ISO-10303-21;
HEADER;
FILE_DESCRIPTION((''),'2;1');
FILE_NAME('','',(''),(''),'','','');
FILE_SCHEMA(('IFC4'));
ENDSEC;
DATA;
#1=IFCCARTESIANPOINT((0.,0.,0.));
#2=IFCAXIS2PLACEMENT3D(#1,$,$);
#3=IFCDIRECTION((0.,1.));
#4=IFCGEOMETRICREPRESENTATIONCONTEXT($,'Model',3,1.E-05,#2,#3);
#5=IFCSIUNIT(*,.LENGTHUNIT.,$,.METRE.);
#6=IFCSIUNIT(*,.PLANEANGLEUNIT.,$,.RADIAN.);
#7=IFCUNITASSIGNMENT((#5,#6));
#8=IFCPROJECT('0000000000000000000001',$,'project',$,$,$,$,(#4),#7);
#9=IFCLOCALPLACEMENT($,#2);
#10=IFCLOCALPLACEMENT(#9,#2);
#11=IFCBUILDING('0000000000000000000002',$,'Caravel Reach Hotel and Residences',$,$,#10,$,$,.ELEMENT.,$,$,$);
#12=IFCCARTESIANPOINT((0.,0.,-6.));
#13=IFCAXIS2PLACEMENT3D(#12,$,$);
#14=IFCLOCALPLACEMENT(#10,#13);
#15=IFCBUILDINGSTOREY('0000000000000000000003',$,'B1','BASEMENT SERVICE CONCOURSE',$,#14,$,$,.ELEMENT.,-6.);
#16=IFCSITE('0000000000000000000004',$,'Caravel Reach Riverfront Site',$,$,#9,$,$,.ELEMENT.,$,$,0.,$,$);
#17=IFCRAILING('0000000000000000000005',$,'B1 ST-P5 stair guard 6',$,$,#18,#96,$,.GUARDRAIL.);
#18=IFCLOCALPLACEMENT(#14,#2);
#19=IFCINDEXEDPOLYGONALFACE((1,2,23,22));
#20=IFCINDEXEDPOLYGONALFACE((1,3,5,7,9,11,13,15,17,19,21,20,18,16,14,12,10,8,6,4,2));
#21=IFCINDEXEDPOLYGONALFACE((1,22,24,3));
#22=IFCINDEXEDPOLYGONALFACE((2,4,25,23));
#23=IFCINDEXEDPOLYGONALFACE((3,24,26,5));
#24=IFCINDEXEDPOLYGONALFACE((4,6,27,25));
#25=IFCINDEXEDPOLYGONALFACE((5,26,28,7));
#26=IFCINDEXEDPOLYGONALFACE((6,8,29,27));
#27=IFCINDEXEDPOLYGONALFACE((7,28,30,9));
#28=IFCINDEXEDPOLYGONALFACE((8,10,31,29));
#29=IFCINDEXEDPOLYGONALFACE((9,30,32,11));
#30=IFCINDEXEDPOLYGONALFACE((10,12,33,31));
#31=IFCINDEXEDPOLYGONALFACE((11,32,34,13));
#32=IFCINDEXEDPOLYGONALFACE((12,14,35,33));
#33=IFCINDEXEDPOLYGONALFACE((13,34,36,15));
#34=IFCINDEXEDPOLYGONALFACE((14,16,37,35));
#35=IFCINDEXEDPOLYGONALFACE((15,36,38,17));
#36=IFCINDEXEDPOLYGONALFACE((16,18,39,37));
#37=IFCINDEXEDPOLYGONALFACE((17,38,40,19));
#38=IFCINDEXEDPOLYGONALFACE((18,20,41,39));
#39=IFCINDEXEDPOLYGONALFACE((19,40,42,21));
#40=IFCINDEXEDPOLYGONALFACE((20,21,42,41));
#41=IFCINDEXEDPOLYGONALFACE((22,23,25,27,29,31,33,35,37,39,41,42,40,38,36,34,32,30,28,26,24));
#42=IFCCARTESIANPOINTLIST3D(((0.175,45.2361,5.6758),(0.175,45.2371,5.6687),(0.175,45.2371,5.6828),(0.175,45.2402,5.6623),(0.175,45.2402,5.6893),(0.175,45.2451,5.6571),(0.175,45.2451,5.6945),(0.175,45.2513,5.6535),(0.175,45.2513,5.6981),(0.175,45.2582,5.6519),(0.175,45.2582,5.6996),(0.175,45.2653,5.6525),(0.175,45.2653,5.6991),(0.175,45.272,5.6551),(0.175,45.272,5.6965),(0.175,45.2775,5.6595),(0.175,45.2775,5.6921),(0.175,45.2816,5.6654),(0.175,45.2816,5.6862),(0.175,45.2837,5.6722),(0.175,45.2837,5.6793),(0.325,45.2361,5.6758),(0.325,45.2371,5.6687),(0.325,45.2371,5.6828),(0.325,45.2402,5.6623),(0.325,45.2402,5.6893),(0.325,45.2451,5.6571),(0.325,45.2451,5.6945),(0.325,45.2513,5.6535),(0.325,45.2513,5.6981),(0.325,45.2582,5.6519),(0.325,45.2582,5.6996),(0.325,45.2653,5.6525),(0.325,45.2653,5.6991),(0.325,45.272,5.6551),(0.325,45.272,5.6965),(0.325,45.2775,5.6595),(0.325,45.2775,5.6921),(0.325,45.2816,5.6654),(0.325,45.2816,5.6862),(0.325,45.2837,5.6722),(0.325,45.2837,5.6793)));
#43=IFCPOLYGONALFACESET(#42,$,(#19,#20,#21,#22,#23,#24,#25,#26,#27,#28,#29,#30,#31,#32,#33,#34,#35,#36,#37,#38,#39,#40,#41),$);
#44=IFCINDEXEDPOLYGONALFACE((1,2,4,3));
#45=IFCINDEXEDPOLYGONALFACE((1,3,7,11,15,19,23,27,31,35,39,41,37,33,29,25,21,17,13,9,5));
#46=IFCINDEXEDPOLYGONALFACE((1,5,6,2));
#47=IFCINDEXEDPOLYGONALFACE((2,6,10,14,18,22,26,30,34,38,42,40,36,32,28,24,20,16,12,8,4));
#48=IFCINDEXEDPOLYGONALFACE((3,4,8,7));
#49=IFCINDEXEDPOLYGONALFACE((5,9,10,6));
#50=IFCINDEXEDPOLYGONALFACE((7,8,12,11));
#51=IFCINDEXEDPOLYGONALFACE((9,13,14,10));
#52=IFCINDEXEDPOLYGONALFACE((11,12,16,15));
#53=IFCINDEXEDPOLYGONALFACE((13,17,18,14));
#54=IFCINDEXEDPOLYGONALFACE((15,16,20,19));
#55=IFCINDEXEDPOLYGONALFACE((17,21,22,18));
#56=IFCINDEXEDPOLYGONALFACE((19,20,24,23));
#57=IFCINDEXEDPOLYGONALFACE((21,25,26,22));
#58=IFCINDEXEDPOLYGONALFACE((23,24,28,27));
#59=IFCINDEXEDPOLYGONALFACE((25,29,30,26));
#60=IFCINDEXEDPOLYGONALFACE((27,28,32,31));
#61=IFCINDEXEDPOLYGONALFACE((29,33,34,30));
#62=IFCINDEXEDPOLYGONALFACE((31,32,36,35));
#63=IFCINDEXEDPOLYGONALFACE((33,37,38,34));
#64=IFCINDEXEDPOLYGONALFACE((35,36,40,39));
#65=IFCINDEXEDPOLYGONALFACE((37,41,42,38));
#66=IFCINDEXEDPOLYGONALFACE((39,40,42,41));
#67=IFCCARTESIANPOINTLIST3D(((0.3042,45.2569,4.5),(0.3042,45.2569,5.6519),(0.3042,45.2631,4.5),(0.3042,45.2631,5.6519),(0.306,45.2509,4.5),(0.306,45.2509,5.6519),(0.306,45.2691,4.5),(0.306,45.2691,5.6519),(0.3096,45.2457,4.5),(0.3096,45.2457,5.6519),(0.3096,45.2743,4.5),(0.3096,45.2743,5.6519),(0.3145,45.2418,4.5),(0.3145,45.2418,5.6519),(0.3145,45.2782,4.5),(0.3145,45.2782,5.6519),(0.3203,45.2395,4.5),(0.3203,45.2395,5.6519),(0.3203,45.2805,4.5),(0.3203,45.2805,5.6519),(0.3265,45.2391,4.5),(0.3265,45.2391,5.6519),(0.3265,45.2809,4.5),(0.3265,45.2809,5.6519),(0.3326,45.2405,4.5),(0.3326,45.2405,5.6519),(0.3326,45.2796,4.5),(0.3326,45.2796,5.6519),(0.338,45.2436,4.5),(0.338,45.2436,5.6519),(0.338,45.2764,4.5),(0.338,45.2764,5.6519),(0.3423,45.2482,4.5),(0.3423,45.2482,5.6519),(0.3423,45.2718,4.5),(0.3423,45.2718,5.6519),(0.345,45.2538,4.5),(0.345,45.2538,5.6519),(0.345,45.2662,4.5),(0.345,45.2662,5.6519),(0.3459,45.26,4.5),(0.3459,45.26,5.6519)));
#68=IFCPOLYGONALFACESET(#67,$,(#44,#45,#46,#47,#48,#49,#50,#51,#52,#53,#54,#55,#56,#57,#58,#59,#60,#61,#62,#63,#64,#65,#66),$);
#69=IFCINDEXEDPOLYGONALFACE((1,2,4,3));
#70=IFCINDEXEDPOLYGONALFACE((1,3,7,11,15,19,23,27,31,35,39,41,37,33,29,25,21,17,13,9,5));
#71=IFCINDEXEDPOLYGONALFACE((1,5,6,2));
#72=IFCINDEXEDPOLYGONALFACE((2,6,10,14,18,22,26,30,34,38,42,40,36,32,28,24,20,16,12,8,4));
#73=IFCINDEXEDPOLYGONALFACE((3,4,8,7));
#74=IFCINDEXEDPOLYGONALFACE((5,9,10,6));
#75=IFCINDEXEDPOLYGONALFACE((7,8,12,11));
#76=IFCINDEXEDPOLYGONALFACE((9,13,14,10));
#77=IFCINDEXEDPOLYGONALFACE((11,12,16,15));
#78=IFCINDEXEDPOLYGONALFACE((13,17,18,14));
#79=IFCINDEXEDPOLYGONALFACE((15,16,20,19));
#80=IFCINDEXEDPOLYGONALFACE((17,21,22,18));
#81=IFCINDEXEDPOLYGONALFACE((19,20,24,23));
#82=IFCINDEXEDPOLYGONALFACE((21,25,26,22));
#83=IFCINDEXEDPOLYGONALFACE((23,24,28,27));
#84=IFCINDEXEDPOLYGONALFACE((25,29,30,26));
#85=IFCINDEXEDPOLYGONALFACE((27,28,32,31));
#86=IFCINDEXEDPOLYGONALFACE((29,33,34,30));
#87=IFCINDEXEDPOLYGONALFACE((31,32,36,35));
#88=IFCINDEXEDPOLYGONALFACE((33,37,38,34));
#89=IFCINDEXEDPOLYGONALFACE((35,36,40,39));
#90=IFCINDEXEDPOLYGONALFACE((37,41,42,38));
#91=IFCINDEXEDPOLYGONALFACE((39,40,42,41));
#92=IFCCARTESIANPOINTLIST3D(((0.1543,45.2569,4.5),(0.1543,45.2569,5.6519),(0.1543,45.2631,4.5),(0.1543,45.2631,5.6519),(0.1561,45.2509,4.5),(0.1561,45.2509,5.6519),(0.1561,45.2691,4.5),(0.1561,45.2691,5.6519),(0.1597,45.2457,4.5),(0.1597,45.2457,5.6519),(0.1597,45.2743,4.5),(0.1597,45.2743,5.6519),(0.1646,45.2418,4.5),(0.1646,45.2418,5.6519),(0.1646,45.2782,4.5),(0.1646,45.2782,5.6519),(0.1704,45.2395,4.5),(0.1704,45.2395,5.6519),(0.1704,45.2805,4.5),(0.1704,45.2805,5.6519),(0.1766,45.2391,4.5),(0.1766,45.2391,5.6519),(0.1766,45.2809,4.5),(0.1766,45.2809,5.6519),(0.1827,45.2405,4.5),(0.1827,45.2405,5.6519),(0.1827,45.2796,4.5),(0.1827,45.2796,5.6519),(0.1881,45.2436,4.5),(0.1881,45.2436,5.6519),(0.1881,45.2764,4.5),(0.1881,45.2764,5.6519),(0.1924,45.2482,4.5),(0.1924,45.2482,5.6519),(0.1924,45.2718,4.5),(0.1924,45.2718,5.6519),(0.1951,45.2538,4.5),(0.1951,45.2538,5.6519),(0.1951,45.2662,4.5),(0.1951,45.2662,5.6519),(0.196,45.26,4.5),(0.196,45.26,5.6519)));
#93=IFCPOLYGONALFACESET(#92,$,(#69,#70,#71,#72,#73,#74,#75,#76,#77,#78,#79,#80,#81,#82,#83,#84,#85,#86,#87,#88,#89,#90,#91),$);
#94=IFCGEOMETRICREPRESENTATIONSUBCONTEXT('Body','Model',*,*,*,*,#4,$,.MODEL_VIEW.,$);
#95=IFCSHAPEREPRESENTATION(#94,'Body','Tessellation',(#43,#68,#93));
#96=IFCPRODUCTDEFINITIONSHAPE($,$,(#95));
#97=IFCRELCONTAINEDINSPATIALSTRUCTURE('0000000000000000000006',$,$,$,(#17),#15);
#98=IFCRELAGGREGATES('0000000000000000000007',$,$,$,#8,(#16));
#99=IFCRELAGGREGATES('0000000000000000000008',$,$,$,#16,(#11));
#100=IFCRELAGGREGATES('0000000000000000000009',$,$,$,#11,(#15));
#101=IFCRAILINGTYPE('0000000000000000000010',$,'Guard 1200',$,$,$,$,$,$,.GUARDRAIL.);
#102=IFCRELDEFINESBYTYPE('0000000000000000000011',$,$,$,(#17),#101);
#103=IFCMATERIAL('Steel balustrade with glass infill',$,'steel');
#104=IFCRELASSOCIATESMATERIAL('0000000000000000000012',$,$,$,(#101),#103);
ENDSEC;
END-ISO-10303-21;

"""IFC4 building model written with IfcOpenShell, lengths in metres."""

from ifc_helpers import new_model, si_unit, direction, frame, origin, origin_2d, place, context, subcontext, project, spatial, circle, extrude, material, type_object, element, save


model = new_model("IFC4")

# Units and contexts
model_context = context("Model", 3, precision=1e-05, world=origin(), true_north=direction((0.0, 1.0)))
body_context = subcontext(model_context, "Body", "Model", "MODEL_VIEW")
ifc_project = project(units=[si_unit("LENGTHUNIT", "METRE"), si_unit("PLANEANGLEUNIT", "RADIAN")], contexts=[model_context])

# Site, building, storey
site_placement = place(None, origin())
site = spatial("IfcSite", under=ifc_project, at=site_placement, Name="Caravel Reach Riverfront Site", CompositionType="ELEMENT", RefElevation=0.0)
building_placement = place(site_placement, origin())
building = spatial("IfcBuilding", under=site, at=building_placement, Name="Caravel Reach Hotel and Residences", CompositionType="ELEMENT")
storey_placement = place(building_placement, frame((0.0, 0.0, -6.0)))
storey = spatial("IfcBuildingStorey", under=building, at=storey_placement, Name="B1", Description="BASEMENT SERVICE CONCOURSE", CompositionType="ELEMENT", Elevation=-6.0)

# Railing
ifc_material_1 = material(Name="Steel balustrade with glass infill", Category="steel")
railing_type_1 = type_object("IfcRailingType", Name="Guard 1200", PredefinedType="GUARDRAIL", material=ifc_material_1)
railing_1_placement = place(storey_placement, frame((0.325, 45.26, 4.5)))
element("IfcRailing", 1, at=railing_1_placement, inside=storey, type_object=railing_type_1, Name="B1 ST-P5 stair guard 6", PredefinedType="GUARDRAIL", context=body_context, shape_type="SweptSolid", body=[
    extrude(circle(Radius=0.0239, at=origin_2d()), frame((0.0, 0.0, 1.1758), z_axis=(-1.0, 0.0, 0.0), x_axis=(0.0, -1.0, 0.0)), (0.0, 0.0, 1.0), 0.1499),
    extrude(circle(Radius=0.021, at=origin_2d()), origin(), (0.0, 0.0, 1.0), 1.1519),
    extrude(circle(Radius=0.021, at=origin_2d()), frame((-0.1499, 0.0, 0.0)), (0.0, 0.0, 1.0), 1.1519),
])

save(model, "model.ifc")
